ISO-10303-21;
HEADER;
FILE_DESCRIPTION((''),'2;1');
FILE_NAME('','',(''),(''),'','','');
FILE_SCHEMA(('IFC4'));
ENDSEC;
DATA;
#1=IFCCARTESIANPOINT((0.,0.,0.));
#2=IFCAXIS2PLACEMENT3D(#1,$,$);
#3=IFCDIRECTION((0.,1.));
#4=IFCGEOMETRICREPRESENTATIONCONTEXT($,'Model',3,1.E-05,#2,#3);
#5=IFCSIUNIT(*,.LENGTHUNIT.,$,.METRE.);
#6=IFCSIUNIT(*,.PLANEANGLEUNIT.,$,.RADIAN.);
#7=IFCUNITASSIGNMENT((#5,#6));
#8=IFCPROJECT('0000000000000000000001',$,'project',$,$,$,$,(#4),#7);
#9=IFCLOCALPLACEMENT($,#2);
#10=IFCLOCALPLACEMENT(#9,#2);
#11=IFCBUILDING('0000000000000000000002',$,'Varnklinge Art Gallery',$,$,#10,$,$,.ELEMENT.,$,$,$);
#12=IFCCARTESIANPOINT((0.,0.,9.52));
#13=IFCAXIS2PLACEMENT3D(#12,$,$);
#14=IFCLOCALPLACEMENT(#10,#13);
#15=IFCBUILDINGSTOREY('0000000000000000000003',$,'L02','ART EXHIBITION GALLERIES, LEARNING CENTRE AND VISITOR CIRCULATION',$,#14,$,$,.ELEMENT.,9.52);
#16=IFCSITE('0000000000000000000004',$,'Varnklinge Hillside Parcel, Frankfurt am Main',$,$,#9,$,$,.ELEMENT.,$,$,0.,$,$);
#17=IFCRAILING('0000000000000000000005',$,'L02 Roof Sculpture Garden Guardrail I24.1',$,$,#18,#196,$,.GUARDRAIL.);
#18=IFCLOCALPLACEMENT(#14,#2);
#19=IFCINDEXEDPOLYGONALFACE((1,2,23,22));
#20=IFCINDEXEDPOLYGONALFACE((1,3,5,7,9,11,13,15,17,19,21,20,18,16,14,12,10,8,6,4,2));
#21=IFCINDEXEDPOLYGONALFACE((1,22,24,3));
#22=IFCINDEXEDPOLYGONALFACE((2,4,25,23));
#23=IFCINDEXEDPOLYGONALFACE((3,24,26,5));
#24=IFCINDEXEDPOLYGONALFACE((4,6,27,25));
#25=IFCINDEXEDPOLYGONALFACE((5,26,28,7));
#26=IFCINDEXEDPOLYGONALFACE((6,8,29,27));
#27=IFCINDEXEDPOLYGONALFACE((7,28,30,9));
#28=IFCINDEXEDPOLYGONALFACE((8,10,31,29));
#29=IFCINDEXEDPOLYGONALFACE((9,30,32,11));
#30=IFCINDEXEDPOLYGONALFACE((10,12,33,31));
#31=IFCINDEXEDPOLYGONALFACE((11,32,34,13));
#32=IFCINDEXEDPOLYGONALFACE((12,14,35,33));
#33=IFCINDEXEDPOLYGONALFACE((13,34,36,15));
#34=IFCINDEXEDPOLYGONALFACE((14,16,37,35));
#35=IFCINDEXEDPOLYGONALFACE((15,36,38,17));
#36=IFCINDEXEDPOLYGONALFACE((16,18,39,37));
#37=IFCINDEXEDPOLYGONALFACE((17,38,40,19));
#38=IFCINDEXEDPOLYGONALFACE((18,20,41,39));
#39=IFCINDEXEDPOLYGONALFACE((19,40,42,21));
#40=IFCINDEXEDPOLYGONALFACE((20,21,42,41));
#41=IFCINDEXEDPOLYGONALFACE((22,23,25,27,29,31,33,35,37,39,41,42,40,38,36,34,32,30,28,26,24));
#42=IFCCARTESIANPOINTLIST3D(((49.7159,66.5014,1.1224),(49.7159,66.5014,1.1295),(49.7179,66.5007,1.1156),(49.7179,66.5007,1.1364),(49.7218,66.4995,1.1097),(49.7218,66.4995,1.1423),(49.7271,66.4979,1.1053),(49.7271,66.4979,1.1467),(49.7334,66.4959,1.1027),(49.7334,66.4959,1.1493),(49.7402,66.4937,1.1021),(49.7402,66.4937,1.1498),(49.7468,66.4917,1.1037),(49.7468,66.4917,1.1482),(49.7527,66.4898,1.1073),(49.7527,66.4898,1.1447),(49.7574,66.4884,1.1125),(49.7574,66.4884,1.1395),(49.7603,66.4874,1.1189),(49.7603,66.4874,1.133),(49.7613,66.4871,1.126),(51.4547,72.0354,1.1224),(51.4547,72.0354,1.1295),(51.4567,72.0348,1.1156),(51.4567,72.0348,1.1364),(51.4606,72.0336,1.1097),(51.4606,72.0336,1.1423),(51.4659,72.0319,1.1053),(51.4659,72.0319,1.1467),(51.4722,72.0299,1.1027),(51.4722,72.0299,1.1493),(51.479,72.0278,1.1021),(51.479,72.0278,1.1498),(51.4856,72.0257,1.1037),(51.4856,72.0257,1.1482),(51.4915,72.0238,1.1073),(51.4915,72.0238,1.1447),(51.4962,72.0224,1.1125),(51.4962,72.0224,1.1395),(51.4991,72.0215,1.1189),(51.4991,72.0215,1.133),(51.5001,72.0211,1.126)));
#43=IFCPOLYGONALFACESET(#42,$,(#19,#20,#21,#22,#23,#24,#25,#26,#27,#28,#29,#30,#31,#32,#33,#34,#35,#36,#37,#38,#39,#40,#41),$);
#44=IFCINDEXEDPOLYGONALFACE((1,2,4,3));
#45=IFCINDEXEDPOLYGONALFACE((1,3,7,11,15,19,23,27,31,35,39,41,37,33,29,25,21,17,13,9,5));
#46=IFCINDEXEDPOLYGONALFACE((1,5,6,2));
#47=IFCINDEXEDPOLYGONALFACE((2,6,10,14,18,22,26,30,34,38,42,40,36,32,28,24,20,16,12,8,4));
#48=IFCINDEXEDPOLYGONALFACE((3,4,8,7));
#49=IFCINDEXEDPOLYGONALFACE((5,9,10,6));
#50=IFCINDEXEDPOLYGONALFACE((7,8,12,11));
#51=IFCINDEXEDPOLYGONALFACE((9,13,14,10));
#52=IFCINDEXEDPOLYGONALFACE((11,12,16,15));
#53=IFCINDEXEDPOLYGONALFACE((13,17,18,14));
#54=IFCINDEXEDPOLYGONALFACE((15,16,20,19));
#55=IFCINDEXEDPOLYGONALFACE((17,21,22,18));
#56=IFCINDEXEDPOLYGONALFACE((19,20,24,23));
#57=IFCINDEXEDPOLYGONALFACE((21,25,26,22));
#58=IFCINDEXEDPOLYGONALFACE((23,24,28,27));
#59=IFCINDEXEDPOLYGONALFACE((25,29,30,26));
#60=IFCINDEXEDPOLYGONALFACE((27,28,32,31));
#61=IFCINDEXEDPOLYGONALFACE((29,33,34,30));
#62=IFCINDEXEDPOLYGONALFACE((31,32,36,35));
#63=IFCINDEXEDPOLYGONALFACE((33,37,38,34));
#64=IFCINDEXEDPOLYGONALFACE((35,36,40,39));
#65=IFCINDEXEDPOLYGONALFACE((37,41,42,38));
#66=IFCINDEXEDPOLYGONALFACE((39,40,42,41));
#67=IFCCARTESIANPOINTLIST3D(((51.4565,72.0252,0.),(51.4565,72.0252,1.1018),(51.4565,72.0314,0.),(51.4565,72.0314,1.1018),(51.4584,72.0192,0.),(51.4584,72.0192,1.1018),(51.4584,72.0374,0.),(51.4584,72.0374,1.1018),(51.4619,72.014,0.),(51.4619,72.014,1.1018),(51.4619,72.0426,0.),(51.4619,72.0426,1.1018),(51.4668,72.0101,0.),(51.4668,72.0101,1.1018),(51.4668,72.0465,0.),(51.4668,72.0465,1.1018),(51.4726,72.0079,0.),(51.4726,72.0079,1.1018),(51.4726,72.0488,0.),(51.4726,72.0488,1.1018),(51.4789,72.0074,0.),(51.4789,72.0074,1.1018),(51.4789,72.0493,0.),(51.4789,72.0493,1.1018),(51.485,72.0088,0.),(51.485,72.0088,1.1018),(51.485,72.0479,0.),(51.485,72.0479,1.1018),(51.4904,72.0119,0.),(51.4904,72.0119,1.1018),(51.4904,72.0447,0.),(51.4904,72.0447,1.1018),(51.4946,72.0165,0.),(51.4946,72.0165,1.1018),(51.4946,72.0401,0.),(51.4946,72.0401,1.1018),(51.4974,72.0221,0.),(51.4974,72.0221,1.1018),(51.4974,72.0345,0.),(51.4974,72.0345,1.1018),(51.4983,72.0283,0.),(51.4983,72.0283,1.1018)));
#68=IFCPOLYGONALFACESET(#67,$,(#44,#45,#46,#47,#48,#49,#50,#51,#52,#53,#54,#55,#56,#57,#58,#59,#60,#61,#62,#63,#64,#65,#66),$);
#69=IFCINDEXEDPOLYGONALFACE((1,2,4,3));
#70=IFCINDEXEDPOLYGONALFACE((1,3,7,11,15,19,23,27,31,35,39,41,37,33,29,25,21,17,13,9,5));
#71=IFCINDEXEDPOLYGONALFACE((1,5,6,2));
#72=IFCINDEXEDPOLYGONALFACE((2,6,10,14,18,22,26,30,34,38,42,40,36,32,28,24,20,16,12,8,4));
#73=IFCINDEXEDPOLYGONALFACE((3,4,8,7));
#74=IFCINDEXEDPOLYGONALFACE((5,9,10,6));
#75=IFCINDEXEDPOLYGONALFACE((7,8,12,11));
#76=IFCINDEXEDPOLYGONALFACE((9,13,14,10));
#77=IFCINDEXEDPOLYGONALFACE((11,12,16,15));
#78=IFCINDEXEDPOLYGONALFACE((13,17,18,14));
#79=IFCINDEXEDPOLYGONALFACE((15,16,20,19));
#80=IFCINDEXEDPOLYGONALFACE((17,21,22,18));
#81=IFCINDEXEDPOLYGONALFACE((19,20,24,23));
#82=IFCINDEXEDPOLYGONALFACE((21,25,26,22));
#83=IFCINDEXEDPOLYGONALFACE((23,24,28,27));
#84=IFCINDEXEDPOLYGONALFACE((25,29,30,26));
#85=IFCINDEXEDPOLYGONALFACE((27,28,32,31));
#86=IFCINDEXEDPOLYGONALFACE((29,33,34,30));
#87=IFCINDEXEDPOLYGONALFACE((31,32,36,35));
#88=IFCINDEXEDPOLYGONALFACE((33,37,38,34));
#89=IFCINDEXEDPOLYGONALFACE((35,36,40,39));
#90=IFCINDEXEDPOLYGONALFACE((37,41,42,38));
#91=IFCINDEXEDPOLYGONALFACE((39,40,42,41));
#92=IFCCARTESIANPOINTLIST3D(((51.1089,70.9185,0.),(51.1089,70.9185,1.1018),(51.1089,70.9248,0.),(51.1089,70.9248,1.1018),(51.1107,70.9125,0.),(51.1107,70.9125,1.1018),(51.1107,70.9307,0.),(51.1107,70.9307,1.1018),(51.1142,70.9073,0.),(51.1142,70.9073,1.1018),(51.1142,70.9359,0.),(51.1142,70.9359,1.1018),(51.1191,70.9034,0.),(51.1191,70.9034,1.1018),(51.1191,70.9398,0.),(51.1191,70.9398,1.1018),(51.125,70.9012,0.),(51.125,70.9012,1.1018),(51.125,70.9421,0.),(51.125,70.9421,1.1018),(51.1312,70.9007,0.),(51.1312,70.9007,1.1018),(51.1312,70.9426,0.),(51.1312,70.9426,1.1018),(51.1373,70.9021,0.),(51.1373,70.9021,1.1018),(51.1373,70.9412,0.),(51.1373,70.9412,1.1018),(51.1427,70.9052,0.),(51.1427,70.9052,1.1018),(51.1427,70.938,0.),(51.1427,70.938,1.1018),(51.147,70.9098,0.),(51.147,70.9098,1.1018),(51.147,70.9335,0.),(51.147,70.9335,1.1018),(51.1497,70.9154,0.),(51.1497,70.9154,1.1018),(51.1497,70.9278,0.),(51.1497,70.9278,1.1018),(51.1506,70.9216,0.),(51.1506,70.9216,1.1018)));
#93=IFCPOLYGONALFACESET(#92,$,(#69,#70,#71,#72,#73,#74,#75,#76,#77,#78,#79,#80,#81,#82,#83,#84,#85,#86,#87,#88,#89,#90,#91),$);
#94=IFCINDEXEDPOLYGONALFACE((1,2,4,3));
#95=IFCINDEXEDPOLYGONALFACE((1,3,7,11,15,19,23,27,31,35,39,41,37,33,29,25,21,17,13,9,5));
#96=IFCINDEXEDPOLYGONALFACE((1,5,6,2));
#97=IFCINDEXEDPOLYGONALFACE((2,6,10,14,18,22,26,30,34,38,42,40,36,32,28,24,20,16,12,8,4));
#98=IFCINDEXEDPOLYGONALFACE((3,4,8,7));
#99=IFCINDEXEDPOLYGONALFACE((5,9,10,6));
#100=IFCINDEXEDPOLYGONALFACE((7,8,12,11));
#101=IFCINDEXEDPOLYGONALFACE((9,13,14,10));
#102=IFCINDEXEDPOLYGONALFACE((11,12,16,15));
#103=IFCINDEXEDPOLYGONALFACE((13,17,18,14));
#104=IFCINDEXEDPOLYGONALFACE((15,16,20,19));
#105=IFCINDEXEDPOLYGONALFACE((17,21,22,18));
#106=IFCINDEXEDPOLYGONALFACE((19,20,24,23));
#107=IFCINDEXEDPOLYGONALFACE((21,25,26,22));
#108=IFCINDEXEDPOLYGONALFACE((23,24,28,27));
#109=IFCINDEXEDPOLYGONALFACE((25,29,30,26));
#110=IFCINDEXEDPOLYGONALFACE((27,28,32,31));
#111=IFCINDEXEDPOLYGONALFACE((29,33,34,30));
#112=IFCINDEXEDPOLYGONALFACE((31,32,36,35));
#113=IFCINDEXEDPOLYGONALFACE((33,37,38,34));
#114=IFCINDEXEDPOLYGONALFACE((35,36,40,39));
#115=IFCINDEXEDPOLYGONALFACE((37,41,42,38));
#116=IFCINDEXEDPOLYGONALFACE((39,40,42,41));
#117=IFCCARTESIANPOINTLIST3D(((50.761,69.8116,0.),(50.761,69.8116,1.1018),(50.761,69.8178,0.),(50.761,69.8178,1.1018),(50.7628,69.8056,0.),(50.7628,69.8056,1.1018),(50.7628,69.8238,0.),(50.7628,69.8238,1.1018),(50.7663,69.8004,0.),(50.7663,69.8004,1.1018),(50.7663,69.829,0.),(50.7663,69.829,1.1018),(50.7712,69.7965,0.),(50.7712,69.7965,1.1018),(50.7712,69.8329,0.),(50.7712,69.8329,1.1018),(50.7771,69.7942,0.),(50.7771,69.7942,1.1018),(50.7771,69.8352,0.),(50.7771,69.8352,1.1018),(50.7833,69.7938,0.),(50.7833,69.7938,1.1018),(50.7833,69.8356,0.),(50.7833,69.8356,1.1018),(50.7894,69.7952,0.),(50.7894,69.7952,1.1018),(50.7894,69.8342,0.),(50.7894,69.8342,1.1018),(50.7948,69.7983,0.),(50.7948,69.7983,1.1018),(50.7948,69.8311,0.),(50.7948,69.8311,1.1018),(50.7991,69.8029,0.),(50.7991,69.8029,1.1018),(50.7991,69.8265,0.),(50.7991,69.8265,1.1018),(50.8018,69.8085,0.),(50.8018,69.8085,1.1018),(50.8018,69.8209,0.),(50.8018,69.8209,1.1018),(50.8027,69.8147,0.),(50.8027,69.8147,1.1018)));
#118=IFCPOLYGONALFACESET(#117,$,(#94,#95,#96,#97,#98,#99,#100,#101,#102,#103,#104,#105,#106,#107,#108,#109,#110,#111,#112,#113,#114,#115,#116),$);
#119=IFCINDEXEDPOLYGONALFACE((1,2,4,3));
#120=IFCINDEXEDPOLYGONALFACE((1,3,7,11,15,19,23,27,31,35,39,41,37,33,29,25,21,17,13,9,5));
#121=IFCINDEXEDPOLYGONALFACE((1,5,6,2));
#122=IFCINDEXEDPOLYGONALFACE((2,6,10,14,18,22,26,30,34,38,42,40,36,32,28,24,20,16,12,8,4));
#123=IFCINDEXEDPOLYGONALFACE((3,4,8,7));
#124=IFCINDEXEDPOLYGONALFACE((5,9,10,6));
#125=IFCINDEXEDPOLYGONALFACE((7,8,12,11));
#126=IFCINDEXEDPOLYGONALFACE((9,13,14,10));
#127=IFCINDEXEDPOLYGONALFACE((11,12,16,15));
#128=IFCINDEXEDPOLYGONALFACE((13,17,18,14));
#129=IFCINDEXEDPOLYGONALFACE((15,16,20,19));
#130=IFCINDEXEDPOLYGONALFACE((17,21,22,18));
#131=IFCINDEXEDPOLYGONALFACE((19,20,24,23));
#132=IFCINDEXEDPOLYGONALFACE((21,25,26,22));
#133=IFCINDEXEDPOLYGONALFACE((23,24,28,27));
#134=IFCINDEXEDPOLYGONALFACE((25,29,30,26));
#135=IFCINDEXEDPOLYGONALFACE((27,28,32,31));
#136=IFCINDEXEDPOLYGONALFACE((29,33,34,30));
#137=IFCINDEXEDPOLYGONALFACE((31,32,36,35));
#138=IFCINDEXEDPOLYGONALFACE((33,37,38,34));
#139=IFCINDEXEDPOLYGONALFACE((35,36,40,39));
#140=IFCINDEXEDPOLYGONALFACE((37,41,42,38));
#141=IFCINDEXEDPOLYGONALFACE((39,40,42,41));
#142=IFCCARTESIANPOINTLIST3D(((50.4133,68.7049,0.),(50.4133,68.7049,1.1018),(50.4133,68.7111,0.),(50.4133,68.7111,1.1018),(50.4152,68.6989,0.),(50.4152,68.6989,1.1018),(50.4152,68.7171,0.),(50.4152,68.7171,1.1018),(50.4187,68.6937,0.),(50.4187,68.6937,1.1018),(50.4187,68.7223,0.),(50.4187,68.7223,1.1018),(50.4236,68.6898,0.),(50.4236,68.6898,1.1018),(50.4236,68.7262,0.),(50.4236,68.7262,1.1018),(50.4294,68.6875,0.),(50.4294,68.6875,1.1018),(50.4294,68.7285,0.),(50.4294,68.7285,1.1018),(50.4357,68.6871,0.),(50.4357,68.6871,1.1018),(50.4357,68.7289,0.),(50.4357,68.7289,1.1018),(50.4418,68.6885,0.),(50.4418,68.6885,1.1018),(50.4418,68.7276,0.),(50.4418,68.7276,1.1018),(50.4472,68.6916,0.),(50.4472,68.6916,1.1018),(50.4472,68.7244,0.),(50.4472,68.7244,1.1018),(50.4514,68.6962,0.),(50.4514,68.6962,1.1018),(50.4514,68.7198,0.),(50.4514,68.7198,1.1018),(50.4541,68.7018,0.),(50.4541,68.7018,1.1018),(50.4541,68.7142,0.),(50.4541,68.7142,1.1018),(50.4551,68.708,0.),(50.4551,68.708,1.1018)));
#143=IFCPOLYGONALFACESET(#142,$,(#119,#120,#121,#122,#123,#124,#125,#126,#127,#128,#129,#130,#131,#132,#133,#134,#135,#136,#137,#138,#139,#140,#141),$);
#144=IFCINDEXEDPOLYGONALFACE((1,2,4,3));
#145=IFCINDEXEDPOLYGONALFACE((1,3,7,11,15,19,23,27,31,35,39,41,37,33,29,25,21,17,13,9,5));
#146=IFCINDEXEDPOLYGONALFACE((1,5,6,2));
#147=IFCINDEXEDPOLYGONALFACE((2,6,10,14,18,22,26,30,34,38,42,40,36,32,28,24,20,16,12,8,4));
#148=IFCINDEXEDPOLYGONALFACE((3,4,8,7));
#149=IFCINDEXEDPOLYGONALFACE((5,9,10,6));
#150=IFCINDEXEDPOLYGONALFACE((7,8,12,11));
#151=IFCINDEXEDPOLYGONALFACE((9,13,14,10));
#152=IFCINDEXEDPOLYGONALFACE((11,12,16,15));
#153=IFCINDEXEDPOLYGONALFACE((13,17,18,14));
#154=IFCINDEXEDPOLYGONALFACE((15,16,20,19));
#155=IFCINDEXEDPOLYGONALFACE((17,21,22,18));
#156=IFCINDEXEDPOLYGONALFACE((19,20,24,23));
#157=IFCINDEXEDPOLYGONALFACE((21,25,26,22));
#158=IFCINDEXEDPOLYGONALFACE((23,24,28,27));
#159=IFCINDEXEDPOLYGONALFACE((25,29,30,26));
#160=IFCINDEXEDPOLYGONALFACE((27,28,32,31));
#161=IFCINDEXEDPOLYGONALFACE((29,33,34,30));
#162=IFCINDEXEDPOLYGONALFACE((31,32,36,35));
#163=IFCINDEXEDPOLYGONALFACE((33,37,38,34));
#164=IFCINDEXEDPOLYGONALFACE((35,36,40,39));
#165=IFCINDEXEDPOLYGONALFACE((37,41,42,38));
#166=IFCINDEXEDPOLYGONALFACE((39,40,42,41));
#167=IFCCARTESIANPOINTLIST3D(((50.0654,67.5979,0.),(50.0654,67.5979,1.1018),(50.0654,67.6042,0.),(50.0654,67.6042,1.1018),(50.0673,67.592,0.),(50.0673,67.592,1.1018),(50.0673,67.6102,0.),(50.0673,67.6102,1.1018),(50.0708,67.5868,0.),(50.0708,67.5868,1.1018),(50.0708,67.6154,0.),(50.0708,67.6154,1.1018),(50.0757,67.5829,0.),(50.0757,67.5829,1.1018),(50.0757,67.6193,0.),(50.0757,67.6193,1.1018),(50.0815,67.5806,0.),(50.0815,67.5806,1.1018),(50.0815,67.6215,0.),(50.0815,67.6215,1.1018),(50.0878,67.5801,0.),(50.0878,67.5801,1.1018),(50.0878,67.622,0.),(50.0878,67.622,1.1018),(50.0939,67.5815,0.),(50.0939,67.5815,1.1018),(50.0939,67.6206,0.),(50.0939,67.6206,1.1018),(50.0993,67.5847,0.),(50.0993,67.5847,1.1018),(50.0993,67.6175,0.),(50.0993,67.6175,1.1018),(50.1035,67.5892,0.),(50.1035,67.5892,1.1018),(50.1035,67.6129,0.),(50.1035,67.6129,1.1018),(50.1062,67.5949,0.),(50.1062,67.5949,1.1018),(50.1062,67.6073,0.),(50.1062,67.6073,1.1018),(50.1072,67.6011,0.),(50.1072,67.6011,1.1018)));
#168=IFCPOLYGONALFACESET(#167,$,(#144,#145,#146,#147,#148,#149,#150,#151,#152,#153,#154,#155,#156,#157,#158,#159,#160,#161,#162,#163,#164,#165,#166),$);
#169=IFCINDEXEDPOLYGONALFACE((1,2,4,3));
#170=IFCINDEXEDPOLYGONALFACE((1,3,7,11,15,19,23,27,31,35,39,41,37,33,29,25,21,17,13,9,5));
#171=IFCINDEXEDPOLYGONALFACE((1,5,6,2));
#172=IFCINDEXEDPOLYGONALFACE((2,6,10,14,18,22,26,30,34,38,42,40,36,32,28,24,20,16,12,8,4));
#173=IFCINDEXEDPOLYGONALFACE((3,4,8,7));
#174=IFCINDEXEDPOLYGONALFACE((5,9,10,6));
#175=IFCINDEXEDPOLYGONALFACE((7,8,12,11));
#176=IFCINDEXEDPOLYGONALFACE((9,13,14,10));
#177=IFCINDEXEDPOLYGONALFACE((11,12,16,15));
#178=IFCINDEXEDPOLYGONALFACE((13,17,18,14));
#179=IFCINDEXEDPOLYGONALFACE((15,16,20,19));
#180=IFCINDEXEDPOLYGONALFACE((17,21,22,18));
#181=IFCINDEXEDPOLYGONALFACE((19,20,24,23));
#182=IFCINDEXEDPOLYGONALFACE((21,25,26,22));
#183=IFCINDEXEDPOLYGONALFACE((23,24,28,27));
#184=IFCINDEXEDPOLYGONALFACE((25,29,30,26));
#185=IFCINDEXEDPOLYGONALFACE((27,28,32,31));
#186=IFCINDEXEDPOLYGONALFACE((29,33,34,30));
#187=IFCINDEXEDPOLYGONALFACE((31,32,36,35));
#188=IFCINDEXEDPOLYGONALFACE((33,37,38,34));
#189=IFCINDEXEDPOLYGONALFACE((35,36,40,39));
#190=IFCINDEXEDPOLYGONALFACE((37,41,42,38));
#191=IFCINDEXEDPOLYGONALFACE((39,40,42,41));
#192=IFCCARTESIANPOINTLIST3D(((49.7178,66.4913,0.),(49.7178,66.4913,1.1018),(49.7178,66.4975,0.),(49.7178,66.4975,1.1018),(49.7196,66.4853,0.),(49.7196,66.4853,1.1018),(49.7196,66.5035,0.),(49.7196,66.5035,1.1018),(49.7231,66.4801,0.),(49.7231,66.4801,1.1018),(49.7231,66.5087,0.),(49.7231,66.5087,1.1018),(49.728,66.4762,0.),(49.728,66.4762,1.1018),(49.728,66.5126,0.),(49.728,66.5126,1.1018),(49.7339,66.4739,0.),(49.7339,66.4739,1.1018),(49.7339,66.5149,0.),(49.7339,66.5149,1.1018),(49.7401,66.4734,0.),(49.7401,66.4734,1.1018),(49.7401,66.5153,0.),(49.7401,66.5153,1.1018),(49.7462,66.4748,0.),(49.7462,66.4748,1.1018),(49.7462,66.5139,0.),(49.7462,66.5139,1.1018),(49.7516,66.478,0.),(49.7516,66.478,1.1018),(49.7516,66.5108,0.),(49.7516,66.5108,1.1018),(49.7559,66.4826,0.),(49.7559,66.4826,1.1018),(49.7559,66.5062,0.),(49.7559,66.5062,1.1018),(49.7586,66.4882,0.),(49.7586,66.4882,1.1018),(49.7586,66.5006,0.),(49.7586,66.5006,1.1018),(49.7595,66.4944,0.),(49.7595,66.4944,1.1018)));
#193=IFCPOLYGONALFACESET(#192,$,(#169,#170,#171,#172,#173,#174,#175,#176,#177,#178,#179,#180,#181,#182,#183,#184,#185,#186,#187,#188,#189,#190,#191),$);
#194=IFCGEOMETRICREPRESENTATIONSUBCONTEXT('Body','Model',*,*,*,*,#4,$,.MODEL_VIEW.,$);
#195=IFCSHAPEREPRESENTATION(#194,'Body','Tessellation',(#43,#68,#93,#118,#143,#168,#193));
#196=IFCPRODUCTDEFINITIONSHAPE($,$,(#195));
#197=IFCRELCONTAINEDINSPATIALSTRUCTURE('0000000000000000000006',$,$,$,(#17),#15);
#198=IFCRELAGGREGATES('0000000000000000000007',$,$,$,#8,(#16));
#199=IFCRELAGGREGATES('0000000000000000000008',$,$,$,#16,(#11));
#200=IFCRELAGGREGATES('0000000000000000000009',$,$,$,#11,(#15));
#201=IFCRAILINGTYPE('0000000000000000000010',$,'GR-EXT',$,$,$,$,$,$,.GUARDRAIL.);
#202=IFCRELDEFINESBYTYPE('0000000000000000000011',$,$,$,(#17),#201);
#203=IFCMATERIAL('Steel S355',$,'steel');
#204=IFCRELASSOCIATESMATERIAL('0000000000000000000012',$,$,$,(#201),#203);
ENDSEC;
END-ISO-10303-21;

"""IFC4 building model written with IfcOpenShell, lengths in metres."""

from ifc_helpers import new_model, si_unit, direction, frame, origin, origin_2d, place, context, subcontext, project, spatial, circle, extrude, material, type_object, element, save


model = new_model("IFC4")

# Units and contexts
model_context = context("Model", 3, precision=1e-05, world=origin(), true_north=direction((0.0, 1.0)))
body_context = subcontext(model_context, "Body", "Model", "MODEL_VIEW")
ifc_project = project(units=[si_unit("LENGTHUNIT", "METRE"), si_unit("PLANEANGLEUNIT", "RADIAN")], contexts=[model_context])

# Site, building, storey
site_placement = place(None, origin())
site = spatial("IfcSite", under=ifc_project, at=site_placement, Name="Varnklinge Hillside Parcel, Frankfurt am Main", CompositionType="ELEMENT", RefElevation=0.0)
building_placement = place(site_placement, origin())
building = spatial("IfcBuilding", under=site, at=building_placement, Name="Varnklinge Art Gallery", CompositionType="ELEMENT")
storey_placement = place(building_placement, frame((0.0, 0.0, 9.52)))
storey = spatial("IfcBuildingStorey", under=building, at=storey_placement, Name="L02", Description="ART EXHIBITION GALLERIES, LEARNING CENTRE AND VISITOR CIRCULATION", CompositionType="ELEMENT", Elevation=9.52)

# Railing
ifc_material_1 = material(Name="Steel S355", Category="steel")
railing_type = type_object("IfcRailingType", Name="GR-EXT", PredefinedType="GUARDRAIL", material=ifc_material_1)
railing_1_placement = place(storey_placement, frame((51.4773, 72.0283, 0.0)))
element("IfcRailing", 1, at=railing_1_placement, inside=storey, type_object=railing_type, Name="L02 Roof Sculpture Garden Guardrail I24.1", PredefinedType="GUARDRAIL", context=body_context, shape_type="SweptSolid", body=[
    extrude(circle(Radius=0.0239, at=origin_2d()), frame((0.0, 0.0, 1.126), z_axis=(-0.299753, -0.954017, 0.0), x_axis=(0.954017, -0.299753, 0.0)), (0.0, 0.0, 1.0), 5.8008),
    extrude(circle(Radius=0.021, at=origin_2d()), origin(), (0.0, 0.0, 1.0), 1.1018),
    extrude(circle(Radius=0.021, at=origin_2d()), frame((-0.3477, -1.1067, 0.0)), (0.0, 0.0, 1.0), 1.1018),
    extrude(circle(Radius=0.021, at=origin_2d()), frame((-0.6956, -2.2136, 0.0)), (0.0, 0.0, 1.0), 1.1018),
    extrude(circle(Radius=0.021, at=origin_2d()), frame((-1.0432, -3.3203, 0.0)), (0.0, 0.0, 1.0), 1.1018),
    extrude(circle(Radius=0.021, at=origin_2d()), frame((-1.3911, -4.4272, 0.0)), (0.0, 0.0, 1.0), 1.1018),
    extrude(circle(Radius=0.021, at=origin_2d()), frame((-1.7388, -5.5339, 0.0)), (0.0, 0.0, 1.0), 1.1018),
])

save(model, "model.ifc")
